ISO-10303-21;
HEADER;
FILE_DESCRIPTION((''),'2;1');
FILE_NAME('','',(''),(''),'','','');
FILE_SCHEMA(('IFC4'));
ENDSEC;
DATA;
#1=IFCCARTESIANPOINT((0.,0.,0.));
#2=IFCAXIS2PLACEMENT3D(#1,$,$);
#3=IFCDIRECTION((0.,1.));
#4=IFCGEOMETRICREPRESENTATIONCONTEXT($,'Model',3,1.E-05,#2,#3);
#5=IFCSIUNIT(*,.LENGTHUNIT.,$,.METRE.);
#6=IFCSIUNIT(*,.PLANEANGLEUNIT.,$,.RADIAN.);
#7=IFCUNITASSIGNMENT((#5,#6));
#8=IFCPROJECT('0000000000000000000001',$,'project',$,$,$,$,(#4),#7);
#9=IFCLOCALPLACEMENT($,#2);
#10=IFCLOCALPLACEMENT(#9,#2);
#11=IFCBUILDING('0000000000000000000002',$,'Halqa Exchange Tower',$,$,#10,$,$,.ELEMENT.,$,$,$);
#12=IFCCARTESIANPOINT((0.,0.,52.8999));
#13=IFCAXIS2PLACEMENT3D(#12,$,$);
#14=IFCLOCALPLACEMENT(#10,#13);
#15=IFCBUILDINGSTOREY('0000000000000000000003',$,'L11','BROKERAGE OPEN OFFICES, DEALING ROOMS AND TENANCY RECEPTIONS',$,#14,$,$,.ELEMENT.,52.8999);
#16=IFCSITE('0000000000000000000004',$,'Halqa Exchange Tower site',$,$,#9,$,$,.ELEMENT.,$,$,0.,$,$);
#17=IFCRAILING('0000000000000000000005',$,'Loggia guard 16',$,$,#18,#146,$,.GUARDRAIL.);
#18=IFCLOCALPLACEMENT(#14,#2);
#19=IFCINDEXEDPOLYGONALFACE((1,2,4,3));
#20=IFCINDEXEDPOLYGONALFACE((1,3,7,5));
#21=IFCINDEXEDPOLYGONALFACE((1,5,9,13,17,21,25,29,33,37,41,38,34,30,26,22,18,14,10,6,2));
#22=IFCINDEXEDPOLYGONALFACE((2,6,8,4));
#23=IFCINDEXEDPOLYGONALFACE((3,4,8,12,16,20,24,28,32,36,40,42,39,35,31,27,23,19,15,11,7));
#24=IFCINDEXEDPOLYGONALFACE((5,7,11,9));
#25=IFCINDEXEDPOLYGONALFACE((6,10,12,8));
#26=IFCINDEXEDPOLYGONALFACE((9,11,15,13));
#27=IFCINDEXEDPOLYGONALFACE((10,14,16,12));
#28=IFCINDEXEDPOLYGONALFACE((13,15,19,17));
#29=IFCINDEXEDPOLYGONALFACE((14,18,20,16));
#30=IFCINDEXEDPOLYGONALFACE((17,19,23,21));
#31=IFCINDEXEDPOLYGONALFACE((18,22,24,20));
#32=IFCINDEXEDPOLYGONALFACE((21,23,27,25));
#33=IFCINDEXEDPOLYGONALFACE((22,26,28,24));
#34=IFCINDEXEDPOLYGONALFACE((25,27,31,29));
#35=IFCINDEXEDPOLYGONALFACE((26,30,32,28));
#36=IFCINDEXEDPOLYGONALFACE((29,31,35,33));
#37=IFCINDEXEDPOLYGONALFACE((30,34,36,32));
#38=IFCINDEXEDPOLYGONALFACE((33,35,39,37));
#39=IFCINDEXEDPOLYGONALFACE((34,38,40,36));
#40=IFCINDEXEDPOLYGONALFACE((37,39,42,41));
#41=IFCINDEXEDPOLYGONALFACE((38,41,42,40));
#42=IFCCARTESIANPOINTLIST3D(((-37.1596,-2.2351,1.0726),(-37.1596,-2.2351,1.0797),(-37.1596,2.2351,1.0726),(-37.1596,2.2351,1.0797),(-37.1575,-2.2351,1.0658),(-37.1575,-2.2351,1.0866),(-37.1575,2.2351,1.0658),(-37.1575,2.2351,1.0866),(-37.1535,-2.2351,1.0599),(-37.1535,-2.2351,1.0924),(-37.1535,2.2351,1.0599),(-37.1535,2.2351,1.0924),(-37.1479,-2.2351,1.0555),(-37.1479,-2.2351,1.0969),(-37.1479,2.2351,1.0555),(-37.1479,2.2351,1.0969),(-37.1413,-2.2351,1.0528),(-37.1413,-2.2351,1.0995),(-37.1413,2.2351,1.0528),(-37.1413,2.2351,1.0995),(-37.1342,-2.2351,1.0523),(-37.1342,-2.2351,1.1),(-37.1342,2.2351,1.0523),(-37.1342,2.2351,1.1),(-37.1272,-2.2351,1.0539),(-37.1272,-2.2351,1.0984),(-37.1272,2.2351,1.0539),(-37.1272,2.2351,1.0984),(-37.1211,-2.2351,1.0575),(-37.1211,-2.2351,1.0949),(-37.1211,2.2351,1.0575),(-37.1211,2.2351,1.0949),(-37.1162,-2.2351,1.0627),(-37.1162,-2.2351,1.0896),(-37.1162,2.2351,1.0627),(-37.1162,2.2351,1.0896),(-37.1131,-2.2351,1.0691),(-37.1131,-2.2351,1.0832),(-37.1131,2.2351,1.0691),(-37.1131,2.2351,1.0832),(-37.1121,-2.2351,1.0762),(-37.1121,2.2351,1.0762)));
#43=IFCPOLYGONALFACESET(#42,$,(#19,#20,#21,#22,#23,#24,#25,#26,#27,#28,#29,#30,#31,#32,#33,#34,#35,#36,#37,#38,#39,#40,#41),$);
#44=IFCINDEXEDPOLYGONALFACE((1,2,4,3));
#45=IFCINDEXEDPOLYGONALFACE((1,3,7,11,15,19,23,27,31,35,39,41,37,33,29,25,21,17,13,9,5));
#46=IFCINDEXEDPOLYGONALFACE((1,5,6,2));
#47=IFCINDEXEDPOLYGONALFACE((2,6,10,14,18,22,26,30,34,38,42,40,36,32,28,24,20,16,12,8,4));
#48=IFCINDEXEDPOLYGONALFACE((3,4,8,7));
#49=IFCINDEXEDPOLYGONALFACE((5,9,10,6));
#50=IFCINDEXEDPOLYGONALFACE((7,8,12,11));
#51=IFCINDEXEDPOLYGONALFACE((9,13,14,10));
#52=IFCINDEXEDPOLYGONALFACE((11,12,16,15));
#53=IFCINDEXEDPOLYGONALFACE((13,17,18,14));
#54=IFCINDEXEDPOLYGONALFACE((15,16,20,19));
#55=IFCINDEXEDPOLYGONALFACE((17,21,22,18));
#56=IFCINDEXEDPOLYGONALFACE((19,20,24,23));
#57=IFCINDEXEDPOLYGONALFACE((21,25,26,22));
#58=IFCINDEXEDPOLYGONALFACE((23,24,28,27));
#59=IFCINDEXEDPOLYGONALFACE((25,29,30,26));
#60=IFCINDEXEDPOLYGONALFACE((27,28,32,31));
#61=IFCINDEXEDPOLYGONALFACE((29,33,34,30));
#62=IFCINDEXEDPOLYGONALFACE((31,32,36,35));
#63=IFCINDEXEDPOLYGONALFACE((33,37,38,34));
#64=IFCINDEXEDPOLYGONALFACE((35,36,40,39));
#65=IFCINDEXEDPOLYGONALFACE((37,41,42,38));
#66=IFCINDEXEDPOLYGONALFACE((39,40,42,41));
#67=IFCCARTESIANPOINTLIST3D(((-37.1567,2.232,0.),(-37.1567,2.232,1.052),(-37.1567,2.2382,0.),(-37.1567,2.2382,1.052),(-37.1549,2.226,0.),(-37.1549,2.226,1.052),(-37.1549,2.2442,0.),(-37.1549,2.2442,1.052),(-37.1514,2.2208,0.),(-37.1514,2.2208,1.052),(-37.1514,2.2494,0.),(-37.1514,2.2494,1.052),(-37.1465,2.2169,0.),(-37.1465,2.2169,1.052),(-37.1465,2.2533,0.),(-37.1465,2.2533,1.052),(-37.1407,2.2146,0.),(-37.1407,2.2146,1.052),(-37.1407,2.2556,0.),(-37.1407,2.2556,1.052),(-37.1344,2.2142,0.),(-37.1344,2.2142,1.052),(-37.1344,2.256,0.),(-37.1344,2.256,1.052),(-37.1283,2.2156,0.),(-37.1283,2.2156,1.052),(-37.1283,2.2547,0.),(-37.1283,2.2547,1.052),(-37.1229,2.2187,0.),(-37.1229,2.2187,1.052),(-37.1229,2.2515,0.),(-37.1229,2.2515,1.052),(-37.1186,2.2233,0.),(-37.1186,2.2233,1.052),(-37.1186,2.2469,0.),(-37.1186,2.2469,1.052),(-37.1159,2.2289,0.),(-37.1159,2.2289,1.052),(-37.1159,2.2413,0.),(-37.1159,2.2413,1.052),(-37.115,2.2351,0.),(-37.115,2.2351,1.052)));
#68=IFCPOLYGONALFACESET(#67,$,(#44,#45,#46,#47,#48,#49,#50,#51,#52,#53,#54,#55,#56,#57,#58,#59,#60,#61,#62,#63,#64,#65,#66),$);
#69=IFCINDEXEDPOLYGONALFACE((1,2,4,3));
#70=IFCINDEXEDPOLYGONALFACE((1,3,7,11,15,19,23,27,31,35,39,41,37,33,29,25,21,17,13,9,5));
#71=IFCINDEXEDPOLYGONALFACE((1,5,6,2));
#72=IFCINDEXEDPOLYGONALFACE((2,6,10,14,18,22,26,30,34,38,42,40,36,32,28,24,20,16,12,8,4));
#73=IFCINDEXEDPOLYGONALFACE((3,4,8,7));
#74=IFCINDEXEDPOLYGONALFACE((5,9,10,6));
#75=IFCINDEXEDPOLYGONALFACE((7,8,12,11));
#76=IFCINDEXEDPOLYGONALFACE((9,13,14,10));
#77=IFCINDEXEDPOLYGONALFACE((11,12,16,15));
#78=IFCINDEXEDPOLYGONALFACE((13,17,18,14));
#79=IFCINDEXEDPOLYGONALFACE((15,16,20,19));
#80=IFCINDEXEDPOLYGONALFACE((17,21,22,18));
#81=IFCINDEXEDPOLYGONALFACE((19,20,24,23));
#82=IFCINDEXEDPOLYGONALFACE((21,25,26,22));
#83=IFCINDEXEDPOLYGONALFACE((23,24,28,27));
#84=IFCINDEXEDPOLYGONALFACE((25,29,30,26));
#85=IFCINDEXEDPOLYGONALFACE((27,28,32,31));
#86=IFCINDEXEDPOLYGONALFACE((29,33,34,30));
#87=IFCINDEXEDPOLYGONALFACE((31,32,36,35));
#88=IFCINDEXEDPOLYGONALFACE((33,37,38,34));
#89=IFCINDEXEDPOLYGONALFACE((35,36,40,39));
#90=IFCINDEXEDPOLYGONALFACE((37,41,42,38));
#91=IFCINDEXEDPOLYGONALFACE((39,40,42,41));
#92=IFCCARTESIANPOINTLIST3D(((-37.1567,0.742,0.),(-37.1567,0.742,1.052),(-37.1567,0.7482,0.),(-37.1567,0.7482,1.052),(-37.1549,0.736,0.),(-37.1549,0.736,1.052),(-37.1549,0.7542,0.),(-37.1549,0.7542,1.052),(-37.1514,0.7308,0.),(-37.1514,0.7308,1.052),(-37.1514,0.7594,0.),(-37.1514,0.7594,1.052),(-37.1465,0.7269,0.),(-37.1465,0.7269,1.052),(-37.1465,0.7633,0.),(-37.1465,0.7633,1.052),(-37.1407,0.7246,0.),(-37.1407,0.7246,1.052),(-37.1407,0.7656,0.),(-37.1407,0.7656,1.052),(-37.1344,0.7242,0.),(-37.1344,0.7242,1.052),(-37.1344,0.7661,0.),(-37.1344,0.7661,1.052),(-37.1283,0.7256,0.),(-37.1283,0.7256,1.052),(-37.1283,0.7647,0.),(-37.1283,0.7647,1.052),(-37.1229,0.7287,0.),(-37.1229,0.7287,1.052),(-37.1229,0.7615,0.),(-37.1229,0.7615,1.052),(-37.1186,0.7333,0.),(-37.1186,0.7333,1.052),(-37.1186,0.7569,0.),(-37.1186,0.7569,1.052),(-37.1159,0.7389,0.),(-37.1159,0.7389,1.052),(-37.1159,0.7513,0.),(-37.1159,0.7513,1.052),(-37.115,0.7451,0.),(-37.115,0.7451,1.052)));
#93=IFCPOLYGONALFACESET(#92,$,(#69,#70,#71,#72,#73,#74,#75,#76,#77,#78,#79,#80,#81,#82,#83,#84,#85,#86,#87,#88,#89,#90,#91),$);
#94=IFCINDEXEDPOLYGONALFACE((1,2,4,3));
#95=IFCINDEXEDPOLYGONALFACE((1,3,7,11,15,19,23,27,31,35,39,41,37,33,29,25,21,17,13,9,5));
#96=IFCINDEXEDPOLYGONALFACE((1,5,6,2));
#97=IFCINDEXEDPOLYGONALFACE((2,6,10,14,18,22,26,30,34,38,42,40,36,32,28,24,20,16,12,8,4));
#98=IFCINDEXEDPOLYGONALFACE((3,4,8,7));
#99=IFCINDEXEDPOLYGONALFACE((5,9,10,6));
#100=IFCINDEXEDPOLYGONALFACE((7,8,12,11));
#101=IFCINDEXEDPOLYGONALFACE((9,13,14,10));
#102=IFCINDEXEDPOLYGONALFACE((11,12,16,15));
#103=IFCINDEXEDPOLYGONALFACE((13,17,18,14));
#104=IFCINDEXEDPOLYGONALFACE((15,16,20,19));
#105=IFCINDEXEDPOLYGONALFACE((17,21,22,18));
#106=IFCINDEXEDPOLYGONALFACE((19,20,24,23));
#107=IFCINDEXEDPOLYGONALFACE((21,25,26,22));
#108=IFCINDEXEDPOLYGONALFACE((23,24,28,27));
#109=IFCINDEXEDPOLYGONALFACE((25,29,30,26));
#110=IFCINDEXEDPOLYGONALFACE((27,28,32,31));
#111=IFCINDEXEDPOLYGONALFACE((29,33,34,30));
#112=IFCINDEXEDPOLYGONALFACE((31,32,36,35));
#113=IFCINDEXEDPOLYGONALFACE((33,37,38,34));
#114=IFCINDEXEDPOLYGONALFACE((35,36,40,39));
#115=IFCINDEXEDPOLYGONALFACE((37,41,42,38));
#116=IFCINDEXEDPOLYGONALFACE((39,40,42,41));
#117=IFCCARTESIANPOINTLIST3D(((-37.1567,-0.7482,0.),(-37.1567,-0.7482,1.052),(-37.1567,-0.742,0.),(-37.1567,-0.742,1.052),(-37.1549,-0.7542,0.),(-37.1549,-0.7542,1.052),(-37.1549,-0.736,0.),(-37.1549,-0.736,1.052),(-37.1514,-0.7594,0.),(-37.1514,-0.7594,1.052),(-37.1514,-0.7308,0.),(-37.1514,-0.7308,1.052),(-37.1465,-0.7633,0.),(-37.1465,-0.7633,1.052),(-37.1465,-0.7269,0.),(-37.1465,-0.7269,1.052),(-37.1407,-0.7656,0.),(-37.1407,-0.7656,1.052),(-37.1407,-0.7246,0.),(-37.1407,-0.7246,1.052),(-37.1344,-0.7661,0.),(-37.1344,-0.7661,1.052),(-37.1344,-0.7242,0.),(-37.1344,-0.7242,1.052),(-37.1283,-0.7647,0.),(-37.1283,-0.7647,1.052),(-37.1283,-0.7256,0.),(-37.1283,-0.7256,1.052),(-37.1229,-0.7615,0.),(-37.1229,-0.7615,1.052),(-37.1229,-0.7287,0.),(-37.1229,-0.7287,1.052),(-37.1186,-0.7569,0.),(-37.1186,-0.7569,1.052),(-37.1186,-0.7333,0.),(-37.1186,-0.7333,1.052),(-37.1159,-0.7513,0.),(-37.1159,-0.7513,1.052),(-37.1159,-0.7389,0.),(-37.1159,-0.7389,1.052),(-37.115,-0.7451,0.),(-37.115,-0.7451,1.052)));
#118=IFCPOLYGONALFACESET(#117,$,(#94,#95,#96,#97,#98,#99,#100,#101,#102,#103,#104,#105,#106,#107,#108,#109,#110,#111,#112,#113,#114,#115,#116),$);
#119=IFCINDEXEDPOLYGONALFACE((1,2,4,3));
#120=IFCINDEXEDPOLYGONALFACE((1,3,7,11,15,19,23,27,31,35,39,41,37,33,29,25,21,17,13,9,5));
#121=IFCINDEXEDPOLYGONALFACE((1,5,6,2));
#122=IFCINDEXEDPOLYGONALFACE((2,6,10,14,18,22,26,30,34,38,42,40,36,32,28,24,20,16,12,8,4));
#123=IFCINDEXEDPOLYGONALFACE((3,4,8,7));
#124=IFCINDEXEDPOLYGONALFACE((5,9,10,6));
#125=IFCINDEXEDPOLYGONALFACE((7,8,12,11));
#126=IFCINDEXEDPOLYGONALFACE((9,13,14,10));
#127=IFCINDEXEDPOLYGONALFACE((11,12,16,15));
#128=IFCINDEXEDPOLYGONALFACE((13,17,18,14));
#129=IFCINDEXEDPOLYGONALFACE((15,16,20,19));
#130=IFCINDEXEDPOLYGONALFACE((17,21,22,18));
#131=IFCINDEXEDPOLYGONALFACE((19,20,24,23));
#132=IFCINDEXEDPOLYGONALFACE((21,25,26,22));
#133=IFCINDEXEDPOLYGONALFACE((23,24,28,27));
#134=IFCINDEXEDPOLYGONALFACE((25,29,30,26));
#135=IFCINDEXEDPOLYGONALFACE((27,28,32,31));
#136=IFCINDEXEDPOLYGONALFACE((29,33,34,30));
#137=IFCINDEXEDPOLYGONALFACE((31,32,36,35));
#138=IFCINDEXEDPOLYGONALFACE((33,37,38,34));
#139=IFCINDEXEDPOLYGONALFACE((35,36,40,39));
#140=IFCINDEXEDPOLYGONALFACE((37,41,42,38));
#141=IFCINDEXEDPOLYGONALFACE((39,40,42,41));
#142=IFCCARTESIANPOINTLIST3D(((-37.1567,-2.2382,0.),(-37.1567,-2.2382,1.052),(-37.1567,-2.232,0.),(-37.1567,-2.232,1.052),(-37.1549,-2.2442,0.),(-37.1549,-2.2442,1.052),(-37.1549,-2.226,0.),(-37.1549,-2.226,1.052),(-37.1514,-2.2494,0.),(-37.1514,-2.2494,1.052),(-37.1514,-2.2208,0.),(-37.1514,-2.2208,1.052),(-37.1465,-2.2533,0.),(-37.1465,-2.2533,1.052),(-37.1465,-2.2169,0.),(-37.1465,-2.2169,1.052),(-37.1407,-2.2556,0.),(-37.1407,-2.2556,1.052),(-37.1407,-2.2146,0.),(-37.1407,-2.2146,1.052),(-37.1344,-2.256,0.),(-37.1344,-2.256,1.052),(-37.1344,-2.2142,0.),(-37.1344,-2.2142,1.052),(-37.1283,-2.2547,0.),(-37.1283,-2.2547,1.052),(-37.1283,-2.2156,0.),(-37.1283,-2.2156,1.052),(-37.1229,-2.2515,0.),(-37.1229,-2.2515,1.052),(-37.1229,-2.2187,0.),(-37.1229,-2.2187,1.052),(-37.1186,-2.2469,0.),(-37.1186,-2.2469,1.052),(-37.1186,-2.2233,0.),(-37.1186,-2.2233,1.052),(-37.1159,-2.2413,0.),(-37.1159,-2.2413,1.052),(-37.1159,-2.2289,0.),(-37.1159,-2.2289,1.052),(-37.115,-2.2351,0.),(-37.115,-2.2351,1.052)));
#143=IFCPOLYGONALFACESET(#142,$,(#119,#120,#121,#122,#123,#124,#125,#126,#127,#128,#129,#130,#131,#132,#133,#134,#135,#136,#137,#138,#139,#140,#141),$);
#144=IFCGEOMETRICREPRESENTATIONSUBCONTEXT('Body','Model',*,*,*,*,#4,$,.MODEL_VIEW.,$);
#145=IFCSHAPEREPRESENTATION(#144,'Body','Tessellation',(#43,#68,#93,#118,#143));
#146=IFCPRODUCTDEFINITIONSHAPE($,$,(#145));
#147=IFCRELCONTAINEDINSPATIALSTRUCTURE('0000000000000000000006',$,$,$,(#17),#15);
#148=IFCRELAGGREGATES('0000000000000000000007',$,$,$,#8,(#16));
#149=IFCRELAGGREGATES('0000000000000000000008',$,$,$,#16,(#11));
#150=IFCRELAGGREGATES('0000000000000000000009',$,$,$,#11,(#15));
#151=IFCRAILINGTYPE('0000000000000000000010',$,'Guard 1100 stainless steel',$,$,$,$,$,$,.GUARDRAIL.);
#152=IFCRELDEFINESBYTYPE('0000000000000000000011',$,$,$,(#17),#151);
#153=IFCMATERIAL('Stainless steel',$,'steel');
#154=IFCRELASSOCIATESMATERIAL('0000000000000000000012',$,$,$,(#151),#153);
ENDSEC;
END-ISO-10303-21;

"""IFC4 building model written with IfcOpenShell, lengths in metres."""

from ifc_helpers import new_model, si_unit, direction, frame, origin, origin_2d, place, context, subcontext, project, spatial, circle, extrude, material, type_object, element, save


model = new_model("IFC4")

# Units and contexts
model_context = context("Model", 3, precision=1e-05, world=origin(), true_north=direction((0.0, 1.0)))
body_context = subcontext(model_context, "Body", "Model", "MODEL_VIEW")
ifc_project = project(units=[si_unit("LENGTHUNIT", "METRE"), si_unit("PLANEANGLEUNIT", "RADIAN")], contexts=[model_context])

# Site, building, storey
site_placement = place(None, origin())
site = spatial("IfcSite", under=ifc_project, at=site_placement, Name="Halqa Exchange Tower site", CompositionType="ELEMENT", RefElevation=0.0)
building_placement = place(site_placement, origin())
building = spatial("IfcBuilding", under=site, at=building_placement, Name="Halqa Exchange Tower", CompositionType="ELEMENT")
storey_placement = place(building_placement, frame((0.0, 0.0, 52.8999)))
storey = spatial("IfcBuildingStorey", under=building, at=storey_placement, Name="L11", Description="BROKERAGE OPEN OFFICES, DEALING ROOMS AND TENANCY RECEPTIONS", CompositionType="ELEMENT", Elevation=52.8999)

# Railing
ifc_material_1 = material(Name="Stainless steel", Category="steel")
railing_type = type_object("IfcRailingType", Name="Guard 1100 stainless steel", PredefinedType="GUARDRAIL", material=ifc_material_1)
railing_1_placement = place(storey_placement, frame((-37.136, 2.2351, 0.0)))
element("IfcRailing", 1, at=railing_1_placement, inside=storey, type_object=railing_type, Name="Loggia guard 16", PredefinedType="GUARDRAIL", context=body_context, shape_type="SweptSolid", body=[
    extrude(circle(Radius=0.0239, at=origin_2d()), frame((0.0, 0.0, 1.0762), z_axis=(0.0, -1.0, 0.0), x_axis=(1.0, 0.0, 0.0)), (0.0, 0.0, 1.0), 4.4702),
    extrude(circle(Radius=0.021, at=origin_2d()), origin(), (0.0, 0.0, 1.0), 1.052),
    extrude(circle(Radius=0.021, at=origin_2d()), frame((0.0, -1.49, 0.0)), (0.0, 0.0, 1.0), 1.052),
    extrude(circle(Radius=0.021, at=origin_2d()), frame((0.0, -2.9802, 0.0)), (0.0, 0.0, 1.0), 1.052),
    extrude(circle(Radius=0.021, at=origin_2d()), frame((0.0, -4.4702, 0.0)), (0.0, 0.0, 1.0), 1.052),
])

save(model, "model.ifc")
